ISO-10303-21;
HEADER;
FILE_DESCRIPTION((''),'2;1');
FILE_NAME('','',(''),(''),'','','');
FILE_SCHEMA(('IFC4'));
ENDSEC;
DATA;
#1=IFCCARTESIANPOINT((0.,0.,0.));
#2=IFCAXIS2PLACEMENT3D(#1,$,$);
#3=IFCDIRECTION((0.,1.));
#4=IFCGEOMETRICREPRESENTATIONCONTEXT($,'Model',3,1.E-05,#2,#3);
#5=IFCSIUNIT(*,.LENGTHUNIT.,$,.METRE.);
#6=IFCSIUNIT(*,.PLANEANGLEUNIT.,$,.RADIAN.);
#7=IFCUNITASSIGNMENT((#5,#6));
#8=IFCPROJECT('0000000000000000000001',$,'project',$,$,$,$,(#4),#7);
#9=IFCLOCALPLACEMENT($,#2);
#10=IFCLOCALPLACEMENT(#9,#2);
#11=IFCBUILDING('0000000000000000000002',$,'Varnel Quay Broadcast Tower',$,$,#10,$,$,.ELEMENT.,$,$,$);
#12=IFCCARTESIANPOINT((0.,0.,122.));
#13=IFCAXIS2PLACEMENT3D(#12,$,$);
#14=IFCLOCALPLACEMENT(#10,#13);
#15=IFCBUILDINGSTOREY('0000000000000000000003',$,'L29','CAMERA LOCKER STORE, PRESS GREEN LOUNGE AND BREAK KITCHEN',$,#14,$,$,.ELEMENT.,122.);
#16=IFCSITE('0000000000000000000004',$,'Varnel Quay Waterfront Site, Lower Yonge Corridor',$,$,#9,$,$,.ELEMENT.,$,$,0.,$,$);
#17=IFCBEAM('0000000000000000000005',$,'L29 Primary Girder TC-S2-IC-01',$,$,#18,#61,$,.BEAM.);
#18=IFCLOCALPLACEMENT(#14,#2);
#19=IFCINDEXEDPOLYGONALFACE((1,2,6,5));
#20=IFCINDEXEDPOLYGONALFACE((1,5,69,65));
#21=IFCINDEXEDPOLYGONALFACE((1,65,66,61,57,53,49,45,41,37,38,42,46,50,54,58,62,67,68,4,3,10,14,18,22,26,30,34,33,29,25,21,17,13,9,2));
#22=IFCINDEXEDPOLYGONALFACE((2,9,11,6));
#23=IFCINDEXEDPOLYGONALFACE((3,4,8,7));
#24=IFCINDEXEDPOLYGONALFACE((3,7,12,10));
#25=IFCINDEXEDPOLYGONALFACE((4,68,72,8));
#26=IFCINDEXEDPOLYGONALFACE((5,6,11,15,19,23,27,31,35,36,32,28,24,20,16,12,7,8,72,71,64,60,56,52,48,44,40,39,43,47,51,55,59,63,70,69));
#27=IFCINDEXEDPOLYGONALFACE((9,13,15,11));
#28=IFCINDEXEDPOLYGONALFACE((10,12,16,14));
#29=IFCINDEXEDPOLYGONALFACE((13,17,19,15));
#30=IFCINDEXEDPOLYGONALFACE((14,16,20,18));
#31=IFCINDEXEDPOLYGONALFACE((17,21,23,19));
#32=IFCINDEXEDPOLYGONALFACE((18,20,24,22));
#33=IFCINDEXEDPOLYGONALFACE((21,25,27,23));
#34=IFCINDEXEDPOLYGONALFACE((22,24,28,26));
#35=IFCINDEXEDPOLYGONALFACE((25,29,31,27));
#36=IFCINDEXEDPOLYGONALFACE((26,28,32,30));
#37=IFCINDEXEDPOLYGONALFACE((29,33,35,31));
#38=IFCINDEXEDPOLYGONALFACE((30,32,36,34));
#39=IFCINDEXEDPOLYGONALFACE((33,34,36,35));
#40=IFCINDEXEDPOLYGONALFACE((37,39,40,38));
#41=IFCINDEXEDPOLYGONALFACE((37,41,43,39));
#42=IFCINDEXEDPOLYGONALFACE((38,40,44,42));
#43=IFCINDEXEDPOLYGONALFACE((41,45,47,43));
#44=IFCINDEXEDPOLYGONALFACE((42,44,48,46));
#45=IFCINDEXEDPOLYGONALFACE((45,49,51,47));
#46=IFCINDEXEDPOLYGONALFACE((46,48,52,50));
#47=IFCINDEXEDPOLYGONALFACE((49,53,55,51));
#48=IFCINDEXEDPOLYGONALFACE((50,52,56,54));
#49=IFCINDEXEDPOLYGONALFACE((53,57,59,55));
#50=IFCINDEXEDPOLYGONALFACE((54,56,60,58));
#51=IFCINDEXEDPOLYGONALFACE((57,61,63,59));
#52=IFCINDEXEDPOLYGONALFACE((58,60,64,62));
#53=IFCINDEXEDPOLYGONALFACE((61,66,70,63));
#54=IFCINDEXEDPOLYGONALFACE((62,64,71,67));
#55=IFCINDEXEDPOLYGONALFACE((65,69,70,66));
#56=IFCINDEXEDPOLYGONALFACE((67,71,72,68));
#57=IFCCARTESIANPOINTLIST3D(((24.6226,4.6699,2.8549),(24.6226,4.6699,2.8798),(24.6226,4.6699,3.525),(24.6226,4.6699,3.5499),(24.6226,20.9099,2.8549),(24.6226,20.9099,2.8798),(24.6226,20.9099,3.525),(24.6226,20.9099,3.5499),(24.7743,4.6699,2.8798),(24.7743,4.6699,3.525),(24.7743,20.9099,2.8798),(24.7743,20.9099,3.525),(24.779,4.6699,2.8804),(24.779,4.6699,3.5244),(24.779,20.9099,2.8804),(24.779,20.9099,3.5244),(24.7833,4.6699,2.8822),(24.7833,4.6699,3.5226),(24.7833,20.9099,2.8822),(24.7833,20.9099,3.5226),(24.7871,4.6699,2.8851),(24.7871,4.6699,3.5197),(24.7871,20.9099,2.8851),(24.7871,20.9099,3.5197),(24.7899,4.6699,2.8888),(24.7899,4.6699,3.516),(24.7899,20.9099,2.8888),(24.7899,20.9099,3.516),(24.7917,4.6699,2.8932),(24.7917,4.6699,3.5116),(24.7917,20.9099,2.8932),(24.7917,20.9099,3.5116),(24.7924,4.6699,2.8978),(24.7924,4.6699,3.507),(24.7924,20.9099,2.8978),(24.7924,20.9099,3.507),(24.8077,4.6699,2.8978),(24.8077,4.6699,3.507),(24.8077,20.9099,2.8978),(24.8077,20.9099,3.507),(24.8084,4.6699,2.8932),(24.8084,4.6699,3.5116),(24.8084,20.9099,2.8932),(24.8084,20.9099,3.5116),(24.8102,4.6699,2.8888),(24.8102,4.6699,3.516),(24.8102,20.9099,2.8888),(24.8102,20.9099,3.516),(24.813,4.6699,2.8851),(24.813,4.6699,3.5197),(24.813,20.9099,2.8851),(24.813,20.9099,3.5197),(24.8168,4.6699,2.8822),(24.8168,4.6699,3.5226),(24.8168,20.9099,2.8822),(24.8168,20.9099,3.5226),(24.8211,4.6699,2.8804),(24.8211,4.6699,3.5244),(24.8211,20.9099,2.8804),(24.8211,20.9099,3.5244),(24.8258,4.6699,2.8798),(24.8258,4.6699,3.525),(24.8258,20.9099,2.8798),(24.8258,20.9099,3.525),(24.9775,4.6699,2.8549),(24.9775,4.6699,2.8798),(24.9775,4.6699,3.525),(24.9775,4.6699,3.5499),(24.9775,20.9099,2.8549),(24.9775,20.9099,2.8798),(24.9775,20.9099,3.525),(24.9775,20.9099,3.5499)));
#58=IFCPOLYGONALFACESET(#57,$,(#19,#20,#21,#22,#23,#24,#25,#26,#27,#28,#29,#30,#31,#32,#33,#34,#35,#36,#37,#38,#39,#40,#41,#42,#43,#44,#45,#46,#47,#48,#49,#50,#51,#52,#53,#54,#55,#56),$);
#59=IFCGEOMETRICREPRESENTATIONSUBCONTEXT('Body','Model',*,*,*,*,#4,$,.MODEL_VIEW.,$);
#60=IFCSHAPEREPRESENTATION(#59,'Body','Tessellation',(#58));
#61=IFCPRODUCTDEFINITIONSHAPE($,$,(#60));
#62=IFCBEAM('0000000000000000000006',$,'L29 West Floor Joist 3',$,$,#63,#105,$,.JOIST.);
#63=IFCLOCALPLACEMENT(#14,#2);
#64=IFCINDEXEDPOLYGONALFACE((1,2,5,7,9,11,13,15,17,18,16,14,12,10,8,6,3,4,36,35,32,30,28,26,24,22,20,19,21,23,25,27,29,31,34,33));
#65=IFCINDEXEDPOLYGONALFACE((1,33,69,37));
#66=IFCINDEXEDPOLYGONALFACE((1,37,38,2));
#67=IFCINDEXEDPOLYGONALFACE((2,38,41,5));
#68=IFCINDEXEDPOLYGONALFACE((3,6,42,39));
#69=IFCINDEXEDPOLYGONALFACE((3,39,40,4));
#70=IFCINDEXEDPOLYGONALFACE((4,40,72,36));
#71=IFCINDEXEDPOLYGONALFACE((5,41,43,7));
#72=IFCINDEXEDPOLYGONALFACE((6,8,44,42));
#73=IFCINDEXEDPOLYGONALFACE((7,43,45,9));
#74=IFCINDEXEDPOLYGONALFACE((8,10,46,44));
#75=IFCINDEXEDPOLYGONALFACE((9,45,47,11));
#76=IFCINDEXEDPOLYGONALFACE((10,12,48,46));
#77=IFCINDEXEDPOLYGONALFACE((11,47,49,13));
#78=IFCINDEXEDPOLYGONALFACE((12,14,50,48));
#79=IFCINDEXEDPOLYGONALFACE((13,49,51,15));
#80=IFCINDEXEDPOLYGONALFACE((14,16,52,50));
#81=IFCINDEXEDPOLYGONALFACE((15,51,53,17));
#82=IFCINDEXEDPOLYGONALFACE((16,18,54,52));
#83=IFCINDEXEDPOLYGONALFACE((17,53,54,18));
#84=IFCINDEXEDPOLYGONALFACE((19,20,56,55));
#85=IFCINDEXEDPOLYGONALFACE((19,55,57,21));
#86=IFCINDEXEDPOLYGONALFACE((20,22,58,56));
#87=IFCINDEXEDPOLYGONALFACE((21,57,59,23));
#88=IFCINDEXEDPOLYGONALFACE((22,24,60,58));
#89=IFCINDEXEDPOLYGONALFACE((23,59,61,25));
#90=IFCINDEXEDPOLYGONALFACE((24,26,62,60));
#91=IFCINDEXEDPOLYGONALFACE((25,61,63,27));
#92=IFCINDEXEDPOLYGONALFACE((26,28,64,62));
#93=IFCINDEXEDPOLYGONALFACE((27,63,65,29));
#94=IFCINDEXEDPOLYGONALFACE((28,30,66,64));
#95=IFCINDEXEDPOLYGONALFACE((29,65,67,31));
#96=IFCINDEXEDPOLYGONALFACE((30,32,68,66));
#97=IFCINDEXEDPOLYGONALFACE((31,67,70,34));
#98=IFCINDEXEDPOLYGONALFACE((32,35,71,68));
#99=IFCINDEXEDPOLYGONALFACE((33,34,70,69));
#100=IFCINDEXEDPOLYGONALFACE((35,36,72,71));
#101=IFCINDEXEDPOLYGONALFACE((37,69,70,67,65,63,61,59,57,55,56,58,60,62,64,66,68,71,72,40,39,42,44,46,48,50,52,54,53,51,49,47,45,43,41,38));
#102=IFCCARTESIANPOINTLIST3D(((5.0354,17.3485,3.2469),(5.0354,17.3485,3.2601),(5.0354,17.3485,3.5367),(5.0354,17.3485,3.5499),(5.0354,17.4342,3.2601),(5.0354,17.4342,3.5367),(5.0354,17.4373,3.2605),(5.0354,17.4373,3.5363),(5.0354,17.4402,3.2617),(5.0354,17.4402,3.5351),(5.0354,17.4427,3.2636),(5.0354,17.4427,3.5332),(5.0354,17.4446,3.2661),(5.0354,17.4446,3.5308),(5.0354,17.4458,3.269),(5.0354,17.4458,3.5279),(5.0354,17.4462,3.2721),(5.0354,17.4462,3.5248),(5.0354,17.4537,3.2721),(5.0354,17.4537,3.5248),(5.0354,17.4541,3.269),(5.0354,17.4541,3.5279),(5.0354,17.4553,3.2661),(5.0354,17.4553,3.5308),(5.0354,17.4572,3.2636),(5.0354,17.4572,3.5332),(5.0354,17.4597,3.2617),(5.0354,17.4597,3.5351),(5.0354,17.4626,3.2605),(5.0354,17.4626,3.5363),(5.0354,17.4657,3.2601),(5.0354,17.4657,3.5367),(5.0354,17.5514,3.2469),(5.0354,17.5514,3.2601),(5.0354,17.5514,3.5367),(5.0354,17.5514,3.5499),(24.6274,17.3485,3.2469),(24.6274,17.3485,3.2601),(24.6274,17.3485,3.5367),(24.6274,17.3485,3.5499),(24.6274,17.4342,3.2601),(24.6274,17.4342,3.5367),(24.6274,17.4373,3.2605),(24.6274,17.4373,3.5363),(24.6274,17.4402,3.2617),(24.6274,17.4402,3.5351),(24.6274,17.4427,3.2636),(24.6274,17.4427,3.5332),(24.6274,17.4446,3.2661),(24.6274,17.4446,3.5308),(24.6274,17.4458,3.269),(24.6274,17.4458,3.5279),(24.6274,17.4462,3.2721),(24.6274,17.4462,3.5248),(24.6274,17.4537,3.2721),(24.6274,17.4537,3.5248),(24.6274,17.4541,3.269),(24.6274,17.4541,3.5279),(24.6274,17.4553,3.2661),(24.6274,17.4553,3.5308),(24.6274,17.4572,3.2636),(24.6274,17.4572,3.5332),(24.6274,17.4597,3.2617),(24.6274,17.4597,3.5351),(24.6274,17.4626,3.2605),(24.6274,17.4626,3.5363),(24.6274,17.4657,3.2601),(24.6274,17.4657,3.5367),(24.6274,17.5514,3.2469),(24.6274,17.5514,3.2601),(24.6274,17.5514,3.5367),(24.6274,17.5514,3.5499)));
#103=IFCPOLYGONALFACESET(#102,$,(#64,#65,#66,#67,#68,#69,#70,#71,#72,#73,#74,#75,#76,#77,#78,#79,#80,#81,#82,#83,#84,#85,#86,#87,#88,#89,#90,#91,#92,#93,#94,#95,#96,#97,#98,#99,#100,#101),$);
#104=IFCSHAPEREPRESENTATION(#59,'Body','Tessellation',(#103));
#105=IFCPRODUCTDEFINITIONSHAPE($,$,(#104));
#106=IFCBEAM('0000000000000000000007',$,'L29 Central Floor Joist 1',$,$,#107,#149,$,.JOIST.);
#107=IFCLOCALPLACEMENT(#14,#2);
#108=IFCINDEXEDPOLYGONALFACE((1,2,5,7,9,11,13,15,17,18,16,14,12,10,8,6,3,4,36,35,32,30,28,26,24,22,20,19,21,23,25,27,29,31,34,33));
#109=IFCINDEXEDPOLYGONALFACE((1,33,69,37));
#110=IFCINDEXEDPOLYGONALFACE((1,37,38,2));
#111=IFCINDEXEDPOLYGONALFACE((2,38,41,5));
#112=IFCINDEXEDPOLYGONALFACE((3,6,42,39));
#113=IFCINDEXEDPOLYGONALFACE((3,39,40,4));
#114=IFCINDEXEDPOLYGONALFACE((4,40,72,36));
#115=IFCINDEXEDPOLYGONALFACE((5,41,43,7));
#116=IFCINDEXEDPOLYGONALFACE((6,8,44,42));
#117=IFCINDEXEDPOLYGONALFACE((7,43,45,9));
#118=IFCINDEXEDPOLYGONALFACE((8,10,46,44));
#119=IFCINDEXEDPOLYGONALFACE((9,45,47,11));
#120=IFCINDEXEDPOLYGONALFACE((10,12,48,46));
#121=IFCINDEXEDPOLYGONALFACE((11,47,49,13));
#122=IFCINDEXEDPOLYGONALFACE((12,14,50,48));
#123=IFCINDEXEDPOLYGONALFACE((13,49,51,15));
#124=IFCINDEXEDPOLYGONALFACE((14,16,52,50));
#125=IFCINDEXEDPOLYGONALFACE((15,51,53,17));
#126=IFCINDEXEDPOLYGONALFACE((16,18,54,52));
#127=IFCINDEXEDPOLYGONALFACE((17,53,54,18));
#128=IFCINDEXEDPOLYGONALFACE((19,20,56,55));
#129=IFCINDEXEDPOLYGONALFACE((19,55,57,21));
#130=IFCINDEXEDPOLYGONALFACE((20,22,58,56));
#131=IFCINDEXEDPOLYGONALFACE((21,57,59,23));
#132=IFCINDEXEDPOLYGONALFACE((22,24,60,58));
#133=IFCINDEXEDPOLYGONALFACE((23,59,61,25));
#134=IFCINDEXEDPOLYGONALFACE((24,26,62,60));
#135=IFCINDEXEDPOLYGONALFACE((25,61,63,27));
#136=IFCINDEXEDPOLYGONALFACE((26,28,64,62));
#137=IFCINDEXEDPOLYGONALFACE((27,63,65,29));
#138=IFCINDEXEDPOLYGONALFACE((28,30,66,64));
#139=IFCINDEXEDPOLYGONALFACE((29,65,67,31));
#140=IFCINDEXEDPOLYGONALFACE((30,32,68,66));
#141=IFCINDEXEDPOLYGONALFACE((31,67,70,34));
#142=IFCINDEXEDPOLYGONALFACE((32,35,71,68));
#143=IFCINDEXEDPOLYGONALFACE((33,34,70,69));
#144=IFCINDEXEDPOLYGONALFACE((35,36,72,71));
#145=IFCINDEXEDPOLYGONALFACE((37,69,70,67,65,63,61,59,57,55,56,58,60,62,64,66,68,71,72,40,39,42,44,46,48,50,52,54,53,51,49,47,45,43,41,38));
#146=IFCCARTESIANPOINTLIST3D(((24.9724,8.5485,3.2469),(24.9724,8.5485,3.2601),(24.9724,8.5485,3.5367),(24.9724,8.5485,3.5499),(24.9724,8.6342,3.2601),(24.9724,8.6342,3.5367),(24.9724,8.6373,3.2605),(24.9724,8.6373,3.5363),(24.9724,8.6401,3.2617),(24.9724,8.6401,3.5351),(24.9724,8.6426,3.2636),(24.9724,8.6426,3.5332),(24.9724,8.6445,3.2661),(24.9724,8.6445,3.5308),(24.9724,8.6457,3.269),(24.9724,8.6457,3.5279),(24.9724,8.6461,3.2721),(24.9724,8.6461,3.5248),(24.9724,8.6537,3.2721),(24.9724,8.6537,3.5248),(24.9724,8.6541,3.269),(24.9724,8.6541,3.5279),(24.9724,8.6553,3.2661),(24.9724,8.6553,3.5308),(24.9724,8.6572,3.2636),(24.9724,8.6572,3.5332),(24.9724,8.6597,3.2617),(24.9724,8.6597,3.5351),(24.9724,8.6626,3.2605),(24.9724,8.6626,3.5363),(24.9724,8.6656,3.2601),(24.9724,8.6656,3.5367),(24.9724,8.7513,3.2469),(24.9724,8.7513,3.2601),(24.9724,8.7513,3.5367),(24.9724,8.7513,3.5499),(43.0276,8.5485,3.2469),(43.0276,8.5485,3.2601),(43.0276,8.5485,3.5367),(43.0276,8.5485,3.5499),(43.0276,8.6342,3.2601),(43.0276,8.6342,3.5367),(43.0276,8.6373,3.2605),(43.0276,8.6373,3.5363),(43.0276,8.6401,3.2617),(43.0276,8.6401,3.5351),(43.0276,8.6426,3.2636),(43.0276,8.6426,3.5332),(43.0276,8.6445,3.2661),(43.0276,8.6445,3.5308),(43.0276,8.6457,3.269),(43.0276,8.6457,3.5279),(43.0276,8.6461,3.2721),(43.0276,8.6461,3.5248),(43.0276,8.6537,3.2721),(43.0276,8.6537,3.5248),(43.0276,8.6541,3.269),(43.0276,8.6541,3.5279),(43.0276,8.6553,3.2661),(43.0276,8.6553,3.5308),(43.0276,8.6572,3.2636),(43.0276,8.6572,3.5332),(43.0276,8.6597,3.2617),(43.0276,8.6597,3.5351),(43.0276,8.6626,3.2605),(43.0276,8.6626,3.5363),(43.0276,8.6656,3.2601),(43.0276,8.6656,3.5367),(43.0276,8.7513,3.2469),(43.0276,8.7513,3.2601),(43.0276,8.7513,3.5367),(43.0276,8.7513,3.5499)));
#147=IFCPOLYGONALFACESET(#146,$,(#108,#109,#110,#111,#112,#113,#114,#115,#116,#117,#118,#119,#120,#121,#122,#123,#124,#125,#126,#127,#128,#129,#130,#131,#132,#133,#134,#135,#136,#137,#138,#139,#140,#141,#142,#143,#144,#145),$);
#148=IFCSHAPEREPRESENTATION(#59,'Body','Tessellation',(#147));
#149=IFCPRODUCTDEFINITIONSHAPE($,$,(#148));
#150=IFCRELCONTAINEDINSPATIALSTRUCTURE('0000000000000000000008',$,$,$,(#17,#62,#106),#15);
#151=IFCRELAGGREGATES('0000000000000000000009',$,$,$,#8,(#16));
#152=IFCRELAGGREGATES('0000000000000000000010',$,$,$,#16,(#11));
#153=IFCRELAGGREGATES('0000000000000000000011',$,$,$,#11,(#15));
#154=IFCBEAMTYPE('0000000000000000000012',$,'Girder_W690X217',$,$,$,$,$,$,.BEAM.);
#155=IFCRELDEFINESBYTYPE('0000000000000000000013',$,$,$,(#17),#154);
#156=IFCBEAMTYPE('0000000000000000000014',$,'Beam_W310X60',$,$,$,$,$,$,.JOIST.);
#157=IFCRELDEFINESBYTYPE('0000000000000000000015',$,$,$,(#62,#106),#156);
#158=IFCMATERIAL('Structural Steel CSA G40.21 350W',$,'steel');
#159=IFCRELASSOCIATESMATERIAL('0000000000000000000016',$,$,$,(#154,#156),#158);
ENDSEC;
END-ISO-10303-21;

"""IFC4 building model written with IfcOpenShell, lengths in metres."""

from ifc_helpers import new_model, si_unit, direction, frame, origin, origin_2d, place, context, subcontext, project, spatial, i_section, extrude, source, transform, mapped, material, material_profile, profile_set, type_object, type_shapes, element, save


model = new_model("IFC4")

# Units and contexts
model_context = context("Model", 3, precision=1e-05, world=origin(), true_north=direction((0.0, 1.0)))
body_context = subcontext(model_context, "Body", "Model", "MODEL_VIEW")
ifc_project = project(units=[si_unit("LENGTHUNIT", "METRE"), si_unit("PLANEANGLEUNIT", "RADIAN")], contexts=[model_context])

# Site, building, storey
site_placement = place(None, origin())
site = spatial("IfcSite", under=ifc_project, at=site_placement, Name="Varnel Quay Waterfront Site, Lower Yonge Corridor", CompositionType="ELEMENT", RefElevation=0.0)
building_placement = place(site_placement, origin())
building = spatial("IfcBuilding", under=site, at=building_placement, Name="Varnel Quay Broadcast Tower", CompositionType="ELEMENT")
storey_placement = place(building_placement, frame((0.0, 0.0, 122.0)))
storey = spatial("IfcBuildingStorey", under=building, at=storey_placement, Name="L29", Description="CAMERA LOCKER STORE, PRESS GREEN LOUNGE AND BREAK KITCHEN", CompositionType="ELEMENT", Elevation=122.0)

# Shared definitions
ifc_material_1 = material(Name="Structural Steel CSA G40.21 350W", Category="steel")

# Beams
ifc_material_profile_1 = material_profile(ifc_material_1, i_section(OverallWidth=0.355, OverallDepth=0.6951, WebThickness=0.0154, FlangeThickness=0.0249, FilletRadius=0.0181, at=origin_2d()), Name="W690X217")
ifc_profile_set_1 = profile_set([ifc_material_profile_1], Name="Structural Steel CSA G40.21 350W")
beam_type_1 = type_object("IfcBeamType", Name="Girder_W690X217", PredefinedType="BEAM", material=ifc_profile_set_1)
shared_shape_1 = source(origin(), body_context, "Body", "SweptSolid", [
    extrude(i_section(OverallWidth=0.355, OverallDepth=0.6951, WebThickness=0.0154, FlangeThickness=0.0249, FilletRadius=0.0181, at=origin_2d()), origin(), (0.0, 0.0, 1.0), 16.24),
])
type_shapes(beam_type_1, [shared_shape_1])
beam_1_placement = place(storey_placement, frame((24.8, 4.6699, 3.2024), z_axis=(0.0, 1.0, 0.0), x_axis=(-1.0, 0.0, 0.0)))
element("IfcBeam", 1, at=beam_1_placement, inside=storey, type_object=beam_type_1, Name="L29 Primary Girder TC-S2-IC-01", PredefinedType="BEAM", context=body_context, shape_type="MappedRepresentation", body=[
    mapped(shared_shape_1, transform((0.0, 0.0, 0.0), x_axis=(1.0, 0.0, 0.0), y_axis=(0.0, 1.0, 0.0), z_axis=(0.0, 0.0, 1.0), scale=1.0)),
])
ifc_material_profile_2 = material_profile(ifc_material_1, i_section(OverallWidth=0.2029, OverallDepth=0.303, WebThickness=0.0076, FlangeThickness=0.0132, FilletRadius=0.012, at=origin_2d()), Name="W310X60")
ifc_profile_set_2 = profile_set([ifc_material_profile_2], Name="Structural Steel CSA G40.21 350W")
beam_type_2 = type_object("IfcBeamType", Name="Beam_W310X60", PredefinedType="JOIST", material=ifc_profile_set_2)
shared_shape_2 = source(origin(), body_context, "Body", "SweptSolid", [
    extrude(i_section(OverallWidth=0.2029, OverallDepth=0.303, WebThickness=0.0076, FlangeThickness=0.0132, FilletRadius=0.012, at=origin_2d()), origin(), (0.0, 0.0, 1.0), 19.592),
])
beam_2_placement = place(storey_placement, frame((5.0354, 17.45, 3.3984), z_axis=(1.0, 0.0, 0.0), x_axis=(0.0, 1.0, 0.0)))
element("IfcBeam", 2, at=beam_2_placement, inside=storey, type_object=beam_type_2, Name="L29 West Floor Joist 3", PredefinedType="JOIST", context=body_context, shape_type="MappedRepresentation", body=[
    mapped(shared_shape_2, transform((0.0, 0.0, 0.0), x_axis=(1.0, 0.0, 0.0), y_axis=(0.0, 1.0, 0.0), z_axis=(0.0, 0.0, 1.0), scale=1.0)),
])
shared_shape_3 = source(origin(), body_context, "Body", "SweptSolid", [
    extrude(i_section(OverallWidth=0.2029, OverallDepth=0.303, WebThickness=0.0076, FlangeThickness=0.0132, FilletRadius=0.012, at=origin_2d()), origin(), (0.0, 0.0, 1.0), 18.0552),
])
type_shapes(beam_type_2, [shared_shape_2, shared_shape_3])
beam_3_placement = place(storey_placement, frame((24.9724, 8.6499, 3.3984), z_axis=(1.0, 0.0, 0.0), x_axis=(0.0, 1.0, 0.0)))
element("IfcBeam", 3, at=beam_3_placement, inside=storey, type_object=beam_type_2, Name="L29 Central Floor Joist 1", PredefinedType="JOIST", context=body_context, shape_type="MappedRepresentation", body=[
    mapped(shared_shape_3, transform((0.0, 0.0, 0.0), x_axis=(1.0, 0.0, 0.0), y_axis=(0.0, 1.0, 0.0), z_axis=(0.0, 0.0, 1.0), scale=1.0)),
])

save(model, "model.ifc")
